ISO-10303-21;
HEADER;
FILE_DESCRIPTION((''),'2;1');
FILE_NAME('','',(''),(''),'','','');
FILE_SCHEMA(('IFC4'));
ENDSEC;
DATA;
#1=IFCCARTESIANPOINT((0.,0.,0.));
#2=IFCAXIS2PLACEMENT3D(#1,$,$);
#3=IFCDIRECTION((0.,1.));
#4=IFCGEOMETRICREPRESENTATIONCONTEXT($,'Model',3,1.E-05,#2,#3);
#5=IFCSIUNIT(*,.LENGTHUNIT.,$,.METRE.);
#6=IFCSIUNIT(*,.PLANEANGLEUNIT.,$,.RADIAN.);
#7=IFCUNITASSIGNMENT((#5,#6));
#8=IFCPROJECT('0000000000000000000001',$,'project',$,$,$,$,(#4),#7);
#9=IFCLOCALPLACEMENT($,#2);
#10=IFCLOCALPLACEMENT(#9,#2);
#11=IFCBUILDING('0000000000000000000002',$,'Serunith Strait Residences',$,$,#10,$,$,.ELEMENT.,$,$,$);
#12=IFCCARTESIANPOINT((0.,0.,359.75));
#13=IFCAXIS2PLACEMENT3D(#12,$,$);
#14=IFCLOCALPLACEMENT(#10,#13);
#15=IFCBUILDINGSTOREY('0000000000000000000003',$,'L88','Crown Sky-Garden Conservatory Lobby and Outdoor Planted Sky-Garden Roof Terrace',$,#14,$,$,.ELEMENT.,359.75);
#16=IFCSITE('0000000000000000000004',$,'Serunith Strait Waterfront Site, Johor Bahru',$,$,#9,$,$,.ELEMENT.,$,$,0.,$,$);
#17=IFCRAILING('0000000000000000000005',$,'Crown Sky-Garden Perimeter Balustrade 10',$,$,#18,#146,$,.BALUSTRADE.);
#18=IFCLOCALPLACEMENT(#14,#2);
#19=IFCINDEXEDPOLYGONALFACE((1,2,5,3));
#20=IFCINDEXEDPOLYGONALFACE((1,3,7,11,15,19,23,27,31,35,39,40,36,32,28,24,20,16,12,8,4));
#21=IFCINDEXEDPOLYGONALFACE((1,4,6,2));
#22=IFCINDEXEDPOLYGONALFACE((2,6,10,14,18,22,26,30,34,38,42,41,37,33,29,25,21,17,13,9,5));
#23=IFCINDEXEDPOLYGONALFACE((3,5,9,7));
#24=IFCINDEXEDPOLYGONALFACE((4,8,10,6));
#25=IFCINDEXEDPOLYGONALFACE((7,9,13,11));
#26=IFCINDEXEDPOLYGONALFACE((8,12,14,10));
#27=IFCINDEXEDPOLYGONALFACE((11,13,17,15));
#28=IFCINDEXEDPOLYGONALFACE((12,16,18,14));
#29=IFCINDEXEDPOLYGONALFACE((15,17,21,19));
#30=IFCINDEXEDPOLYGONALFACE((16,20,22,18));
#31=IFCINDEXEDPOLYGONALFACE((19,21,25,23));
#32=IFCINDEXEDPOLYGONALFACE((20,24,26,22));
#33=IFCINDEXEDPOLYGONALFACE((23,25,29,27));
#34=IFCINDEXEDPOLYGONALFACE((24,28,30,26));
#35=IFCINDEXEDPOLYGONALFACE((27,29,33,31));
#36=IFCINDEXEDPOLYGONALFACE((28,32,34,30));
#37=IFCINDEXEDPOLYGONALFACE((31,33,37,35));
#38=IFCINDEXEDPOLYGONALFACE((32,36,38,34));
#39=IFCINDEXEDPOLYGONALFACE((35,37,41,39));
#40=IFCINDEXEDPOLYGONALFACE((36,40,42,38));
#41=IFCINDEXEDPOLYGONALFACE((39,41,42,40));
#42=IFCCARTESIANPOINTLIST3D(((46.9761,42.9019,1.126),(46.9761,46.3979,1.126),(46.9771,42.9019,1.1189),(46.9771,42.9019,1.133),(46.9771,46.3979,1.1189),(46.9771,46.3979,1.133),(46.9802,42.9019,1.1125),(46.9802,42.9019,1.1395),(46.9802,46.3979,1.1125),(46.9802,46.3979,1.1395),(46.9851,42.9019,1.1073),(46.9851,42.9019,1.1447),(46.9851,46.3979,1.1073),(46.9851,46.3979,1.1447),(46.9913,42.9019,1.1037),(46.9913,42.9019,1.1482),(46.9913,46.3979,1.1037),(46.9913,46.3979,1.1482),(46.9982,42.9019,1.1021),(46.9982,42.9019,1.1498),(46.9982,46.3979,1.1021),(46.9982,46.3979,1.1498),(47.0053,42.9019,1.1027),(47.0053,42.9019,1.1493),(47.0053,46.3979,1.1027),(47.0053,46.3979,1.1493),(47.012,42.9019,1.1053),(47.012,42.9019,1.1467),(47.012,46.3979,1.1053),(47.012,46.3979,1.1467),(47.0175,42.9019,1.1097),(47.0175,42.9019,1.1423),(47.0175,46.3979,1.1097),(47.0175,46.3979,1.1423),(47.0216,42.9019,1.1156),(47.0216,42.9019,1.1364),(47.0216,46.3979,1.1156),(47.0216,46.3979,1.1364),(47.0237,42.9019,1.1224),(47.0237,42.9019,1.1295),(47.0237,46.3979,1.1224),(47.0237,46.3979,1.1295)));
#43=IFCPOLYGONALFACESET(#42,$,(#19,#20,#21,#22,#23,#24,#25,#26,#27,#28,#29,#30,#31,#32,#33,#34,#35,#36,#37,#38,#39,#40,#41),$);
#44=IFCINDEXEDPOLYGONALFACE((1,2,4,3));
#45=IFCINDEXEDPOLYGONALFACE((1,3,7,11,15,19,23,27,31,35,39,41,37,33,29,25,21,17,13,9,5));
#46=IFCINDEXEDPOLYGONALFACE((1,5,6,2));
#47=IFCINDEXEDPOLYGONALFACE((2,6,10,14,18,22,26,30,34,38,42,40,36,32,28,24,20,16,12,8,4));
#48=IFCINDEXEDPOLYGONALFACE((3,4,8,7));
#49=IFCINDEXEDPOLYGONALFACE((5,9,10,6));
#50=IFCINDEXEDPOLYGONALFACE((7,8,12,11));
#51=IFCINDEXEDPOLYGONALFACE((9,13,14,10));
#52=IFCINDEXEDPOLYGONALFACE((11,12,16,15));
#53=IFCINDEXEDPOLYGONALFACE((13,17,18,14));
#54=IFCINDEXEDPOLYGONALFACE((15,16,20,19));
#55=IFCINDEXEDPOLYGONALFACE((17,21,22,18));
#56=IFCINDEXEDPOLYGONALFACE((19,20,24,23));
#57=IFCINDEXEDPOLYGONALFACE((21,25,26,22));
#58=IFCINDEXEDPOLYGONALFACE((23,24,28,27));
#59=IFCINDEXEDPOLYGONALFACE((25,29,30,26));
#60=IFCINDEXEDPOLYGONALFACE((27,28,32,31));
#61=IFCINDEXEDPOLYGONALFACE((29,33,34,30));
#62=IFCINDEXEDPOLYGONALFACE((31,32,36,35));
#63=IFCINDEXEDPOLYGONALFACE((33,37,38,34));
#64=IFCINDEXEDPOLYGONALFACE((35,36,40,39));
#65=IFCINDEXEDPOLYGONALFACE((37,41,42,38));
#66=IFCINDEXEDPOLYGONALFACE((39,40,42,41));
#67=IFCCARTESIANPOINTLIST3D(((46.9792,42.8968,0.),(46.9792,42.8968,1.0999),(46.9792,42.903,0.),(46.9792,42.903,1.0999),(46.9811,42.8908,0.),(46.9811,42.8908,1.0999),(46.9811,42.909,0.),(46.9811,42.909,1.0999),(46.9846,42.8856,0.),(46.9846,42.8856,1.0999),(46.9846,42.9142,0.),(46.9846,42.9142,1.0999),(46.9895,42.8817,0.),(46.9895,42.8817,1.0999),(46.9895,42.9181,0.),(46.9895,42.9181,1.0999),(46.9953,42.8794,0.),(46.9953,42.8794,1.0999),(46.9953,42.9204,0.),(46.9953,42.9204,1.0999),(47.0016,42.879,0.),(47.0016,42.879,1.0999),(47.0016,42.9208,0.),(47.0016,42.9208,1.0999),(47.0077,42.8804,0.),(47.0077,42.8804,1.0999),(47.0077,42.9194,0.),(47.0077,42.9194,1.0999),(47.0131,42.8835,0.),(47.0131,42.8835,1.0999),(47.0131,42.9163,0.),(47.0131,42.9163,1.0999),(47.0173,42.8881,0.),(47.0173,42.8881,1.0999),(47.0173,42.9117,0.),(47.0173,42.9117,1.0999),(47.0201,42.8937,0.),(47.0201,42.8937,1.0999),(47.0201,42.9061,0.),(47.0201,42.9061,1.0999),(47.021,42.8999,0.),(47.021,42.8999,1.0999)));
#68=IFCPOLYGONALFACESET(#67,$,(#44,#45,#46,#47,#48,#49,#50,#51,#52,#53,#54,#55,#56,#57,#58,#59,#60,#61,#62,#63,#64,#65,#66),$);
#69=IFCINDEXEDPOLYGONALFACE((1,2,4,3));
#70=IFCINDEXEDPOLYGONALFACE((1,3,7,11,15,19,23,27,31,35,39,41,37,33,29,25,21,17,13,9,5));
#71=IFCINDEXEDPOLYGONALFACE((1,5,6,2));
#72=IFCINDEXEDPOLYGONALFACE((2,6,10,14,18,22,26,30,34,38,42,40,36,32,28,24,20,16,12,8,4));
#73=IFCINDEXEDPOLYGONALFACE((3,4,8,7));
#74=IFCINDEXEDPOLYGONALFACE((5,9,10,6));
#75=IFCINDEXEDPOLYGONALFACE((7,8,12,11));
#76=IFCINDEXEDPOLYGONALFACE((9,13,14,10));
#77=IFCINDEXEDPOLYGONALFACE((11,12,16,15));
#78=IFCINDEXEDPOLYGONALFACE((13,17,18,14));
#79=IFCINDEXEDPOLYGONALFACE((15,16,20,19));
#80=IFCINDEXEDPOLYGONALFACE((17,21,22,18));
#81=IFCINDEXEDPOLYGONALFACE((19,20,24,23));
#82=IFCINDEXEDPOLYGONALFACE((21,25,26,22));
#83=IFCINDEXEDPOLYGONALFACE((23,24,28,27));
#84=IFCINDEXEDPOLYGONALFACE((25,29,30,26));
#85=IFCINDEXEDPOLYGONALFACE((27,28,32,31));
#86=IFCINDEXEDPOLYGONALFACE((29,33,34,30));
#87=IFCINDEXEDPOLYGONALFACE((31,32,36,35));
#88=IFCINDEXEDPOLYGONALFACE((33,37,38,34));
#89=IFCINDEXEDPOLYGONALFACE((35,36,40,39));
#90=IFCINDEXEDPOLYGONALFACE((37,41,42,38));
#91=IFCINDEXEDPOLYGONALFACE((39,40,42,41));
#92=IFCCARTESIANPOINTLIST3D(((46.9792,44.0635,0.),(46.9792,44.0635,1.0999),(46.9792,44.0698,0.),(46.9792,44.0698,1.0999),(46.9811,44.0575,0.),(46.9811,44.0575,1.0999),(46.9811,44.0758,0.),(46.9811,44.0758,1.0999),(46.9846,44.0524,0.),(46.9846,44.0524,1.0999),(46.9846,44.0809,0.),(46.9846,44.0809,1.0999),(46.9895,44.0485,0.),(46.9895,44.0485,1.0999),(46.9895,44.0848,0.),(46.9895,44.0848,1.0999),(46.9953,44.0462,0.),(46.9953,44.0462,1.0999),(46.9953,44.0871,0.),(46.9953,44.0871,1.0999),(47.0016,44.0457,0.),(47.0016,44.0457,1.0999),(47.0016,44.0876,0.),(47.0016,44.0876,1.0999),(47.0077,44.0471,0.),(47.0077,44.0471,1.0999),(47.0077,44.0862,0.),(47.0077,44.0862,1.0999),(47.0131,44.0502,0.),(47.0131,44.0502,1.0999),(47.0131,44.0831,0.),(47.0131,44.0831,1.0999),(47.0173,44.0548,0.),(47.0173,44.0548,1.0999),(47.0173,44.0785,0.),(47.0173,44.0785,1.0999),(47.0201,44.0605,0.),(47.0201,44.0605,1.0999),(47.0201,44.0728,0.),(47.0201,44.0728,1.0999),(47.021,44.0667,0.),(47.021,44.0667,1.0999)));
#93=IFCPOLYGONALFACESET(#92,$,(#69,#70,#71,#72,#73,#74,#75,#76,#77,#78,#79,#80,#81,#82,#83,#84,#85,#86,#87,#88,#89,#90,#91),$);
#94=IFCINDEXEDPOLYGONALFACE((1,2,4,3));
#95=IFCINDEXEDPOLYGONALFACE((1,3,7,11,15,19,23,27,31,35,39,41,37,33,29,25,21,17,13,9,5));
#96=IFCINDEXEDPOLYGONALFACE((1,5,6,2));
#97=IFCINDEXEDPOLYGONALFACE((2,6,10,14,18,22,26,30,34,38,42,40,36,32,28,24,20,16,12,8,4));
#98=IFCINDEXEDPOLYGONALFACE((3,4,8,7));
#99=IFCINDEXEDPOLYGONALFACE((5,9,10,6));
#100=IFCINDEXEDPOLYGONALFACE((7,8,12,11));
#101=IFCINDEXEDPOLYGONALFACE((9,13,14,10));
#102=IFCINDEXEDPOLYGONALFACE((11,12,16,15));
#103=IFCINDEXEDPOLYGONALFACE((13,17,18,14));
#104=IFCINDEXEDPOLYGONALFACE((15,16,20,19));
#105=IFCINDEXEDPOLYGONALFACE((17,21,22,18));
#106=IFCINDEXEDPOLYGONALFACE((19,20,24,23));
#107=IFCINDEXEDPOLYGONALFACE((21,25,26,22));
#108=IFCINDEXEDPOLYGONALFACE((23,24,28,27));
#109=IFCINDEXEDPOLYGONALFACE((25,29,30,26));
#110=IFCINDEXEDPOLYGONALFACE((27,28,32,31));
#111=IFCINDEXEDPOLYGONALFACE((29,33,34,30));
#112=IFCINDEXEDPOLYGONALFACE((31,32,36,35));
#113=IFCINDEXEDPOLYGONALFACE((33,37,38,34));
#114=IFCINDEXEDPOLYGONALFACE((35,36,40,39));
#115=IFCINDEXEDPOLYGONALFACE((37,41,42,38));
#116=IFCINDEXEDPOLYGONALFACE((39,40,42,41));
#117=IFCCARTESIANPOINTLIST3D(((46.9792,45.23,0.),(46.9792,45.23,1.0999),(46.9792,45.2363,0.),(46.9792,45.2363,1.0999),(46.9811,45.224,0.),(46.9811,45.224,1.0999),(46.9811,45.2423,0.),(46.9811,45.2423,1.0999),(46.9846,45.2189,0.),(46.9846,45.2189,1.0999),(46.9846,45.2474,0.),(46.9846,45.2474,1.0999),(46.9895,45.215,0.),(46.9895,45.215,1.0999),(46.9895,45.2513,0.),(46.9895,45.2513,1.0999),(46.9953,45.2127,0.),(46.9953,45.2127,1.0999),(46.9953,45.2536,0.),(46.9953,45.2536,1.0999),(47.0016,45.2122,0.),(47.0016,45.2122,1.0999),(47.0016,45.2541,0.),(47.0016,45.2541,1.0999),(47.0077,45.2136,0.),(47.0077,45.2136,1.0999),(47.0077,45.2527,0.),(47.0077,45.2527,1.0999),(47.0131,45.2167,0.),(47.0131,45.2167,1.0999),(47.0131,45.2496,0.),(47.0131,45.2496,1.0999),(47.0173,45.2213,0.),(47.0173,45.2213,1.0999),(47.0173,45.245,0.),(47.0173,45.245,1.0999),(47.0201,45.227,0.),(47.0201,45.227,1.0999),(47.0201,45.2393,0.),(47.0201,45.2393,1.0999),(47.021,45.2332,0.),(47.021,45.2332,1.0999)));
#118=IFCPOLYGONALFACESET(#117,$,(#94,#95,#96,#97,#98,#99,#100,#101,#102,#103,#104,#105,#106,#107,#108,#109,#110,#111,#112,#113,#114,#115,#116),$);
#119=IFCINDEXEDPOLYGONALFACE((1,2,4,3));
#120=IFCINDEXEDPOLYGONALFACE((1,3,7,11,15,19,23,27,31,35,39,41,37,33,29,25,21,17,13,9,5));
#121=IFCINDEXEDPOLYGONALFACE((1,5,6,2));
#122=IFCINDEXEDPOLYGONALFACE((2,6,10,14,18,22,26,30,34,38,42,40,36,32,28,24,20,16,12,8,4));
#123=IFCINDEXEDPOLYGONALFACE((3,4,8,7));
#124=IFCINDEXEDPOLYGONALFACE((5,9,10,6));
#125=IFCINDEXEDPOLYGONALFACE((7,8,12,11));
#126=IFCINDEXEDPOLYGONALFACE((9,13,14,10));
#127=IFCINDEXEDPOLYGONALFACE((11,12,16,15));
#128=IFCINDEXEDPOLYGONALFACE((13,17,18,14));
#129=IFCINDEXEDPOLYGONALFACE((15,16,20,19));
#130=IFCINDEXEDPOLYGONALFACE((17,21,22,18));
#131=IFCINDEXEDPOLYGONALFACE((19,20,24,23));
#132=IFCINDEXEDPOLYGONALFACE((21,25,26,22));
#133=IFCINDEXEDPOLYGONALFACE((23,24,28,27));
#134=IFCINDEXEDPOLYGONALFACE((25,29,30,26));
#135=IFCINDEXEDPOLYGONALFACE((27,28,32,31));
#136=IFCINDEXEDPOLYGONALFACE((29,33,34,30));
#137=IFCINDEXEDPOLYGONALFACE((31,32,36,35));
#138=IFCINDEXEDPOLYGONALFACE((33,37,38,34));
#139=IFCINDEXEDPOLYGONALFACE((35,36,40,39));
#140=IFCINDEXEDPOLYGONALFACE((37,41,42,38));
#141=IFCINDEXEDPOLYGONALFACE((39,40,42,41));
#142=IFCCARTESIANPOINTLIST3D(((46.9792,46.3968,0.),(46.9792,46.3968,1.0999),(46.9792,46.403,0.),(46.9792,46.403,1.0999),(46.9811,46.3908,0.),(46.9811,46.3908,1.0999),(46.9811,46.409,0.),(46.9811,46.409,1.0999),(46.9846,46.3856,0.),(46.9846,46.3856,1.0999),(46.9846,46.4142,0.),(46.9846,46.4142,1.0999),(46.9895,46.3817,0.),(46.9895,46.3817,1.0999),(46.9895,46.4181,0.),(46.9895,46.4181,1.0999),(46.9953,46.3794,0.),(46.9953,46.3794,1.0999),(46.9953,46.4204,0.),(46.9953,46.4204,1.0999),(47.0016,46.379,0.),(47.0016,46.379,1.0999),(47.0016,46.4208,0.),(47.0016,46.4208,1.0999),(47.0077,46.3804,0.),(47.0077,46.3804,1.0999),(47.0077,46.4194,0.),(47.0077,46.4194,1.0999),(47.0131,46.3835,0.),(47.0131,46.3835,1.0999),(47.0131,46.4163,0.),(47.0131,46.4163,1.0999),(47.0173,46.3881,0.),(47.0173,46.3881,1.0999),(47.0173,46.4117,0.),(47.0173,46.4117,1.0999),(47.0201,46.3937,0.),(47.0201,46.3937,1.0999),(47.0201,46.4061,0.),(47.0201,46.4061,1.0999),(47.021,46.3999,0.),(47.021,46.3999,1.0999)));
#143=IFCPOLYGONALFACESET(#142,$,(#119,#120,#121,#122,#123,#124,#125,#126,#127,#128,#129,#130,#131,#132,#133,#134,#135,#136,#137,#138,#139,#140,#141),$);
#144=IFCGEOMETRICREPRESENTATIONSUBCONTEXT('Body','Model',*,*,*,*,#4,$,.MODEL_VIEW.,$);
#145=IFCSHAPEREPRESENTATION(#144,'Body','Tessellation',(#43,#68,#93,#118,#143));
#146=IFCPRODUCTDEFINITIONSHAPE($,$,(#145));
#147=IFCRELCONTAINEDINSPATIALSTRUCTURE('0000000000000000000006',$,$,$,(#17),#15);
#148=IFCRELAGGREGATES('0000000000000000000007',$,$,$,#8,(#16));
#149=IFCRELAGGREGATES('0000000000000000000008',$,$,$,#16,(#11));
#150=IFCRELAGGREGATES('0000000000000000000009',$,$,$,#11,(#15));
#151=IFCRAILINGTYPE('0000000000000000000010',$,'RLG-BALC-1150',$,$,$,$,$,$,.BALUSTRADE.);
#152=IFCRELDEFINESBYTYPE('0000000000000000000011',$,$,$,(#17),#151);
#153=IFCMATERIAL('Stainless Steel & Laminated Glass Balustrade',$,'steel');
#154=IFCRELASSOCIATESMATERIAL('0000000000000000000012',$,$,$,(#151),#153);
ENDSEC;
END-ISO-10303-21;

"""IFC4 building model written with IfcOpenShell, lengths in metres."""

from ifc_helpers import new_model, si_unit, direction, frame, origin, origin_2d, place, context, subcontext, project, spatial, circle, extrude, material, type_object, element, save


model = new_model("IFC4")

# Units and contexts
model_context = context("Model", 3, precision=1e-05, world=origin(), true_north=direction((0.0, 1.0)))
body_context = subcontext(model_context, "Body", "Model", "MODEL_VIEW")
ifc_project = project(units=[si_unit("LENGTHUNIT", "METRE"), si_unit("PLANEANGLEUNIT", "RADIAN")], contexts=[model_context])

# Site, building, storey
site_placement = place(None, origin())
site = spatial("IfcSite", under=ifc_project, at=site_placement, Name="Serunith Strait Waterfront Site, Johor Bahru", CompositionType="ELEMENT", RefElevation=0.0)
building_placement = place(site_placement, origin())
building = spatial("IfcBuilding", under=site, at=building_placement, Name="Serunith Strait Residences", CompositionType="ELEMENT")
storey_placement = place(building_placement, frame((0.0, 0.0, 359.75)))
storey = spatial("IfcBuildingStorey", under=building, at=storey_placement, Name="L88", Description="Crown Sky-Garden Conservatory Lobby and Outdoor Planted Sky-Garden Roof Terrace", CompositionType="ELEMENT", Elevation=359.75)

# Railing
ifc_material_1 = material(Name="Stainless Steel & Laminated Glass Balustrade", Category="steel")
railing_type_1 = type_object("IfcRailingType", Name="RLG-BALC-1150", PredefinedType="BALUSTRADE", material=ifc_material_1)
railing_1_placement = place(storey_placement, frame((47.0, 42.8999, 0.0)))
element("IfcRailing", 1, at=railing_1_placement, inside=storey, type_object=railing_type_1, Name="Crown Sky-Garden Perimeter Balustrade 10", PredefinedType="BALUSTRADE", context=body_context, shape_type="SweptSolid", body=[
    extrude(circle(Radius=0.0239, at=origin_2d()), frame((0.0, 0.002, 1.126), z_axis=(0.0, 1.0, 0.0), x_axis=(-1.0, 0.0, 0.0)), (0.0, 0.0, 1.0), 3.4961),
    extrude(circle(Radius=0.021, at=origin_2d()), origin(), (0.0, 0.0, 1.0), 1.0999),
    extrude(circle(Radius=0.021, at=origin_2d()), frame((0.0, 1.1667, 0.0)), (0.0, 0.0, 1.0), 1.0999),
    extrude(circle(Radius=0.021, at=origin_2d()), frame((0.0, 2.3333, 0.0)), (0.0, 0.0, 1.0), 1.0999),
    extrude(circle(Radius=0.021, at=origin_2d()), frame((0.0, 3.5, 0.0)), (0.0, 0.0, 1.0), 1.0999),
])

save(model, "model.ifc")
